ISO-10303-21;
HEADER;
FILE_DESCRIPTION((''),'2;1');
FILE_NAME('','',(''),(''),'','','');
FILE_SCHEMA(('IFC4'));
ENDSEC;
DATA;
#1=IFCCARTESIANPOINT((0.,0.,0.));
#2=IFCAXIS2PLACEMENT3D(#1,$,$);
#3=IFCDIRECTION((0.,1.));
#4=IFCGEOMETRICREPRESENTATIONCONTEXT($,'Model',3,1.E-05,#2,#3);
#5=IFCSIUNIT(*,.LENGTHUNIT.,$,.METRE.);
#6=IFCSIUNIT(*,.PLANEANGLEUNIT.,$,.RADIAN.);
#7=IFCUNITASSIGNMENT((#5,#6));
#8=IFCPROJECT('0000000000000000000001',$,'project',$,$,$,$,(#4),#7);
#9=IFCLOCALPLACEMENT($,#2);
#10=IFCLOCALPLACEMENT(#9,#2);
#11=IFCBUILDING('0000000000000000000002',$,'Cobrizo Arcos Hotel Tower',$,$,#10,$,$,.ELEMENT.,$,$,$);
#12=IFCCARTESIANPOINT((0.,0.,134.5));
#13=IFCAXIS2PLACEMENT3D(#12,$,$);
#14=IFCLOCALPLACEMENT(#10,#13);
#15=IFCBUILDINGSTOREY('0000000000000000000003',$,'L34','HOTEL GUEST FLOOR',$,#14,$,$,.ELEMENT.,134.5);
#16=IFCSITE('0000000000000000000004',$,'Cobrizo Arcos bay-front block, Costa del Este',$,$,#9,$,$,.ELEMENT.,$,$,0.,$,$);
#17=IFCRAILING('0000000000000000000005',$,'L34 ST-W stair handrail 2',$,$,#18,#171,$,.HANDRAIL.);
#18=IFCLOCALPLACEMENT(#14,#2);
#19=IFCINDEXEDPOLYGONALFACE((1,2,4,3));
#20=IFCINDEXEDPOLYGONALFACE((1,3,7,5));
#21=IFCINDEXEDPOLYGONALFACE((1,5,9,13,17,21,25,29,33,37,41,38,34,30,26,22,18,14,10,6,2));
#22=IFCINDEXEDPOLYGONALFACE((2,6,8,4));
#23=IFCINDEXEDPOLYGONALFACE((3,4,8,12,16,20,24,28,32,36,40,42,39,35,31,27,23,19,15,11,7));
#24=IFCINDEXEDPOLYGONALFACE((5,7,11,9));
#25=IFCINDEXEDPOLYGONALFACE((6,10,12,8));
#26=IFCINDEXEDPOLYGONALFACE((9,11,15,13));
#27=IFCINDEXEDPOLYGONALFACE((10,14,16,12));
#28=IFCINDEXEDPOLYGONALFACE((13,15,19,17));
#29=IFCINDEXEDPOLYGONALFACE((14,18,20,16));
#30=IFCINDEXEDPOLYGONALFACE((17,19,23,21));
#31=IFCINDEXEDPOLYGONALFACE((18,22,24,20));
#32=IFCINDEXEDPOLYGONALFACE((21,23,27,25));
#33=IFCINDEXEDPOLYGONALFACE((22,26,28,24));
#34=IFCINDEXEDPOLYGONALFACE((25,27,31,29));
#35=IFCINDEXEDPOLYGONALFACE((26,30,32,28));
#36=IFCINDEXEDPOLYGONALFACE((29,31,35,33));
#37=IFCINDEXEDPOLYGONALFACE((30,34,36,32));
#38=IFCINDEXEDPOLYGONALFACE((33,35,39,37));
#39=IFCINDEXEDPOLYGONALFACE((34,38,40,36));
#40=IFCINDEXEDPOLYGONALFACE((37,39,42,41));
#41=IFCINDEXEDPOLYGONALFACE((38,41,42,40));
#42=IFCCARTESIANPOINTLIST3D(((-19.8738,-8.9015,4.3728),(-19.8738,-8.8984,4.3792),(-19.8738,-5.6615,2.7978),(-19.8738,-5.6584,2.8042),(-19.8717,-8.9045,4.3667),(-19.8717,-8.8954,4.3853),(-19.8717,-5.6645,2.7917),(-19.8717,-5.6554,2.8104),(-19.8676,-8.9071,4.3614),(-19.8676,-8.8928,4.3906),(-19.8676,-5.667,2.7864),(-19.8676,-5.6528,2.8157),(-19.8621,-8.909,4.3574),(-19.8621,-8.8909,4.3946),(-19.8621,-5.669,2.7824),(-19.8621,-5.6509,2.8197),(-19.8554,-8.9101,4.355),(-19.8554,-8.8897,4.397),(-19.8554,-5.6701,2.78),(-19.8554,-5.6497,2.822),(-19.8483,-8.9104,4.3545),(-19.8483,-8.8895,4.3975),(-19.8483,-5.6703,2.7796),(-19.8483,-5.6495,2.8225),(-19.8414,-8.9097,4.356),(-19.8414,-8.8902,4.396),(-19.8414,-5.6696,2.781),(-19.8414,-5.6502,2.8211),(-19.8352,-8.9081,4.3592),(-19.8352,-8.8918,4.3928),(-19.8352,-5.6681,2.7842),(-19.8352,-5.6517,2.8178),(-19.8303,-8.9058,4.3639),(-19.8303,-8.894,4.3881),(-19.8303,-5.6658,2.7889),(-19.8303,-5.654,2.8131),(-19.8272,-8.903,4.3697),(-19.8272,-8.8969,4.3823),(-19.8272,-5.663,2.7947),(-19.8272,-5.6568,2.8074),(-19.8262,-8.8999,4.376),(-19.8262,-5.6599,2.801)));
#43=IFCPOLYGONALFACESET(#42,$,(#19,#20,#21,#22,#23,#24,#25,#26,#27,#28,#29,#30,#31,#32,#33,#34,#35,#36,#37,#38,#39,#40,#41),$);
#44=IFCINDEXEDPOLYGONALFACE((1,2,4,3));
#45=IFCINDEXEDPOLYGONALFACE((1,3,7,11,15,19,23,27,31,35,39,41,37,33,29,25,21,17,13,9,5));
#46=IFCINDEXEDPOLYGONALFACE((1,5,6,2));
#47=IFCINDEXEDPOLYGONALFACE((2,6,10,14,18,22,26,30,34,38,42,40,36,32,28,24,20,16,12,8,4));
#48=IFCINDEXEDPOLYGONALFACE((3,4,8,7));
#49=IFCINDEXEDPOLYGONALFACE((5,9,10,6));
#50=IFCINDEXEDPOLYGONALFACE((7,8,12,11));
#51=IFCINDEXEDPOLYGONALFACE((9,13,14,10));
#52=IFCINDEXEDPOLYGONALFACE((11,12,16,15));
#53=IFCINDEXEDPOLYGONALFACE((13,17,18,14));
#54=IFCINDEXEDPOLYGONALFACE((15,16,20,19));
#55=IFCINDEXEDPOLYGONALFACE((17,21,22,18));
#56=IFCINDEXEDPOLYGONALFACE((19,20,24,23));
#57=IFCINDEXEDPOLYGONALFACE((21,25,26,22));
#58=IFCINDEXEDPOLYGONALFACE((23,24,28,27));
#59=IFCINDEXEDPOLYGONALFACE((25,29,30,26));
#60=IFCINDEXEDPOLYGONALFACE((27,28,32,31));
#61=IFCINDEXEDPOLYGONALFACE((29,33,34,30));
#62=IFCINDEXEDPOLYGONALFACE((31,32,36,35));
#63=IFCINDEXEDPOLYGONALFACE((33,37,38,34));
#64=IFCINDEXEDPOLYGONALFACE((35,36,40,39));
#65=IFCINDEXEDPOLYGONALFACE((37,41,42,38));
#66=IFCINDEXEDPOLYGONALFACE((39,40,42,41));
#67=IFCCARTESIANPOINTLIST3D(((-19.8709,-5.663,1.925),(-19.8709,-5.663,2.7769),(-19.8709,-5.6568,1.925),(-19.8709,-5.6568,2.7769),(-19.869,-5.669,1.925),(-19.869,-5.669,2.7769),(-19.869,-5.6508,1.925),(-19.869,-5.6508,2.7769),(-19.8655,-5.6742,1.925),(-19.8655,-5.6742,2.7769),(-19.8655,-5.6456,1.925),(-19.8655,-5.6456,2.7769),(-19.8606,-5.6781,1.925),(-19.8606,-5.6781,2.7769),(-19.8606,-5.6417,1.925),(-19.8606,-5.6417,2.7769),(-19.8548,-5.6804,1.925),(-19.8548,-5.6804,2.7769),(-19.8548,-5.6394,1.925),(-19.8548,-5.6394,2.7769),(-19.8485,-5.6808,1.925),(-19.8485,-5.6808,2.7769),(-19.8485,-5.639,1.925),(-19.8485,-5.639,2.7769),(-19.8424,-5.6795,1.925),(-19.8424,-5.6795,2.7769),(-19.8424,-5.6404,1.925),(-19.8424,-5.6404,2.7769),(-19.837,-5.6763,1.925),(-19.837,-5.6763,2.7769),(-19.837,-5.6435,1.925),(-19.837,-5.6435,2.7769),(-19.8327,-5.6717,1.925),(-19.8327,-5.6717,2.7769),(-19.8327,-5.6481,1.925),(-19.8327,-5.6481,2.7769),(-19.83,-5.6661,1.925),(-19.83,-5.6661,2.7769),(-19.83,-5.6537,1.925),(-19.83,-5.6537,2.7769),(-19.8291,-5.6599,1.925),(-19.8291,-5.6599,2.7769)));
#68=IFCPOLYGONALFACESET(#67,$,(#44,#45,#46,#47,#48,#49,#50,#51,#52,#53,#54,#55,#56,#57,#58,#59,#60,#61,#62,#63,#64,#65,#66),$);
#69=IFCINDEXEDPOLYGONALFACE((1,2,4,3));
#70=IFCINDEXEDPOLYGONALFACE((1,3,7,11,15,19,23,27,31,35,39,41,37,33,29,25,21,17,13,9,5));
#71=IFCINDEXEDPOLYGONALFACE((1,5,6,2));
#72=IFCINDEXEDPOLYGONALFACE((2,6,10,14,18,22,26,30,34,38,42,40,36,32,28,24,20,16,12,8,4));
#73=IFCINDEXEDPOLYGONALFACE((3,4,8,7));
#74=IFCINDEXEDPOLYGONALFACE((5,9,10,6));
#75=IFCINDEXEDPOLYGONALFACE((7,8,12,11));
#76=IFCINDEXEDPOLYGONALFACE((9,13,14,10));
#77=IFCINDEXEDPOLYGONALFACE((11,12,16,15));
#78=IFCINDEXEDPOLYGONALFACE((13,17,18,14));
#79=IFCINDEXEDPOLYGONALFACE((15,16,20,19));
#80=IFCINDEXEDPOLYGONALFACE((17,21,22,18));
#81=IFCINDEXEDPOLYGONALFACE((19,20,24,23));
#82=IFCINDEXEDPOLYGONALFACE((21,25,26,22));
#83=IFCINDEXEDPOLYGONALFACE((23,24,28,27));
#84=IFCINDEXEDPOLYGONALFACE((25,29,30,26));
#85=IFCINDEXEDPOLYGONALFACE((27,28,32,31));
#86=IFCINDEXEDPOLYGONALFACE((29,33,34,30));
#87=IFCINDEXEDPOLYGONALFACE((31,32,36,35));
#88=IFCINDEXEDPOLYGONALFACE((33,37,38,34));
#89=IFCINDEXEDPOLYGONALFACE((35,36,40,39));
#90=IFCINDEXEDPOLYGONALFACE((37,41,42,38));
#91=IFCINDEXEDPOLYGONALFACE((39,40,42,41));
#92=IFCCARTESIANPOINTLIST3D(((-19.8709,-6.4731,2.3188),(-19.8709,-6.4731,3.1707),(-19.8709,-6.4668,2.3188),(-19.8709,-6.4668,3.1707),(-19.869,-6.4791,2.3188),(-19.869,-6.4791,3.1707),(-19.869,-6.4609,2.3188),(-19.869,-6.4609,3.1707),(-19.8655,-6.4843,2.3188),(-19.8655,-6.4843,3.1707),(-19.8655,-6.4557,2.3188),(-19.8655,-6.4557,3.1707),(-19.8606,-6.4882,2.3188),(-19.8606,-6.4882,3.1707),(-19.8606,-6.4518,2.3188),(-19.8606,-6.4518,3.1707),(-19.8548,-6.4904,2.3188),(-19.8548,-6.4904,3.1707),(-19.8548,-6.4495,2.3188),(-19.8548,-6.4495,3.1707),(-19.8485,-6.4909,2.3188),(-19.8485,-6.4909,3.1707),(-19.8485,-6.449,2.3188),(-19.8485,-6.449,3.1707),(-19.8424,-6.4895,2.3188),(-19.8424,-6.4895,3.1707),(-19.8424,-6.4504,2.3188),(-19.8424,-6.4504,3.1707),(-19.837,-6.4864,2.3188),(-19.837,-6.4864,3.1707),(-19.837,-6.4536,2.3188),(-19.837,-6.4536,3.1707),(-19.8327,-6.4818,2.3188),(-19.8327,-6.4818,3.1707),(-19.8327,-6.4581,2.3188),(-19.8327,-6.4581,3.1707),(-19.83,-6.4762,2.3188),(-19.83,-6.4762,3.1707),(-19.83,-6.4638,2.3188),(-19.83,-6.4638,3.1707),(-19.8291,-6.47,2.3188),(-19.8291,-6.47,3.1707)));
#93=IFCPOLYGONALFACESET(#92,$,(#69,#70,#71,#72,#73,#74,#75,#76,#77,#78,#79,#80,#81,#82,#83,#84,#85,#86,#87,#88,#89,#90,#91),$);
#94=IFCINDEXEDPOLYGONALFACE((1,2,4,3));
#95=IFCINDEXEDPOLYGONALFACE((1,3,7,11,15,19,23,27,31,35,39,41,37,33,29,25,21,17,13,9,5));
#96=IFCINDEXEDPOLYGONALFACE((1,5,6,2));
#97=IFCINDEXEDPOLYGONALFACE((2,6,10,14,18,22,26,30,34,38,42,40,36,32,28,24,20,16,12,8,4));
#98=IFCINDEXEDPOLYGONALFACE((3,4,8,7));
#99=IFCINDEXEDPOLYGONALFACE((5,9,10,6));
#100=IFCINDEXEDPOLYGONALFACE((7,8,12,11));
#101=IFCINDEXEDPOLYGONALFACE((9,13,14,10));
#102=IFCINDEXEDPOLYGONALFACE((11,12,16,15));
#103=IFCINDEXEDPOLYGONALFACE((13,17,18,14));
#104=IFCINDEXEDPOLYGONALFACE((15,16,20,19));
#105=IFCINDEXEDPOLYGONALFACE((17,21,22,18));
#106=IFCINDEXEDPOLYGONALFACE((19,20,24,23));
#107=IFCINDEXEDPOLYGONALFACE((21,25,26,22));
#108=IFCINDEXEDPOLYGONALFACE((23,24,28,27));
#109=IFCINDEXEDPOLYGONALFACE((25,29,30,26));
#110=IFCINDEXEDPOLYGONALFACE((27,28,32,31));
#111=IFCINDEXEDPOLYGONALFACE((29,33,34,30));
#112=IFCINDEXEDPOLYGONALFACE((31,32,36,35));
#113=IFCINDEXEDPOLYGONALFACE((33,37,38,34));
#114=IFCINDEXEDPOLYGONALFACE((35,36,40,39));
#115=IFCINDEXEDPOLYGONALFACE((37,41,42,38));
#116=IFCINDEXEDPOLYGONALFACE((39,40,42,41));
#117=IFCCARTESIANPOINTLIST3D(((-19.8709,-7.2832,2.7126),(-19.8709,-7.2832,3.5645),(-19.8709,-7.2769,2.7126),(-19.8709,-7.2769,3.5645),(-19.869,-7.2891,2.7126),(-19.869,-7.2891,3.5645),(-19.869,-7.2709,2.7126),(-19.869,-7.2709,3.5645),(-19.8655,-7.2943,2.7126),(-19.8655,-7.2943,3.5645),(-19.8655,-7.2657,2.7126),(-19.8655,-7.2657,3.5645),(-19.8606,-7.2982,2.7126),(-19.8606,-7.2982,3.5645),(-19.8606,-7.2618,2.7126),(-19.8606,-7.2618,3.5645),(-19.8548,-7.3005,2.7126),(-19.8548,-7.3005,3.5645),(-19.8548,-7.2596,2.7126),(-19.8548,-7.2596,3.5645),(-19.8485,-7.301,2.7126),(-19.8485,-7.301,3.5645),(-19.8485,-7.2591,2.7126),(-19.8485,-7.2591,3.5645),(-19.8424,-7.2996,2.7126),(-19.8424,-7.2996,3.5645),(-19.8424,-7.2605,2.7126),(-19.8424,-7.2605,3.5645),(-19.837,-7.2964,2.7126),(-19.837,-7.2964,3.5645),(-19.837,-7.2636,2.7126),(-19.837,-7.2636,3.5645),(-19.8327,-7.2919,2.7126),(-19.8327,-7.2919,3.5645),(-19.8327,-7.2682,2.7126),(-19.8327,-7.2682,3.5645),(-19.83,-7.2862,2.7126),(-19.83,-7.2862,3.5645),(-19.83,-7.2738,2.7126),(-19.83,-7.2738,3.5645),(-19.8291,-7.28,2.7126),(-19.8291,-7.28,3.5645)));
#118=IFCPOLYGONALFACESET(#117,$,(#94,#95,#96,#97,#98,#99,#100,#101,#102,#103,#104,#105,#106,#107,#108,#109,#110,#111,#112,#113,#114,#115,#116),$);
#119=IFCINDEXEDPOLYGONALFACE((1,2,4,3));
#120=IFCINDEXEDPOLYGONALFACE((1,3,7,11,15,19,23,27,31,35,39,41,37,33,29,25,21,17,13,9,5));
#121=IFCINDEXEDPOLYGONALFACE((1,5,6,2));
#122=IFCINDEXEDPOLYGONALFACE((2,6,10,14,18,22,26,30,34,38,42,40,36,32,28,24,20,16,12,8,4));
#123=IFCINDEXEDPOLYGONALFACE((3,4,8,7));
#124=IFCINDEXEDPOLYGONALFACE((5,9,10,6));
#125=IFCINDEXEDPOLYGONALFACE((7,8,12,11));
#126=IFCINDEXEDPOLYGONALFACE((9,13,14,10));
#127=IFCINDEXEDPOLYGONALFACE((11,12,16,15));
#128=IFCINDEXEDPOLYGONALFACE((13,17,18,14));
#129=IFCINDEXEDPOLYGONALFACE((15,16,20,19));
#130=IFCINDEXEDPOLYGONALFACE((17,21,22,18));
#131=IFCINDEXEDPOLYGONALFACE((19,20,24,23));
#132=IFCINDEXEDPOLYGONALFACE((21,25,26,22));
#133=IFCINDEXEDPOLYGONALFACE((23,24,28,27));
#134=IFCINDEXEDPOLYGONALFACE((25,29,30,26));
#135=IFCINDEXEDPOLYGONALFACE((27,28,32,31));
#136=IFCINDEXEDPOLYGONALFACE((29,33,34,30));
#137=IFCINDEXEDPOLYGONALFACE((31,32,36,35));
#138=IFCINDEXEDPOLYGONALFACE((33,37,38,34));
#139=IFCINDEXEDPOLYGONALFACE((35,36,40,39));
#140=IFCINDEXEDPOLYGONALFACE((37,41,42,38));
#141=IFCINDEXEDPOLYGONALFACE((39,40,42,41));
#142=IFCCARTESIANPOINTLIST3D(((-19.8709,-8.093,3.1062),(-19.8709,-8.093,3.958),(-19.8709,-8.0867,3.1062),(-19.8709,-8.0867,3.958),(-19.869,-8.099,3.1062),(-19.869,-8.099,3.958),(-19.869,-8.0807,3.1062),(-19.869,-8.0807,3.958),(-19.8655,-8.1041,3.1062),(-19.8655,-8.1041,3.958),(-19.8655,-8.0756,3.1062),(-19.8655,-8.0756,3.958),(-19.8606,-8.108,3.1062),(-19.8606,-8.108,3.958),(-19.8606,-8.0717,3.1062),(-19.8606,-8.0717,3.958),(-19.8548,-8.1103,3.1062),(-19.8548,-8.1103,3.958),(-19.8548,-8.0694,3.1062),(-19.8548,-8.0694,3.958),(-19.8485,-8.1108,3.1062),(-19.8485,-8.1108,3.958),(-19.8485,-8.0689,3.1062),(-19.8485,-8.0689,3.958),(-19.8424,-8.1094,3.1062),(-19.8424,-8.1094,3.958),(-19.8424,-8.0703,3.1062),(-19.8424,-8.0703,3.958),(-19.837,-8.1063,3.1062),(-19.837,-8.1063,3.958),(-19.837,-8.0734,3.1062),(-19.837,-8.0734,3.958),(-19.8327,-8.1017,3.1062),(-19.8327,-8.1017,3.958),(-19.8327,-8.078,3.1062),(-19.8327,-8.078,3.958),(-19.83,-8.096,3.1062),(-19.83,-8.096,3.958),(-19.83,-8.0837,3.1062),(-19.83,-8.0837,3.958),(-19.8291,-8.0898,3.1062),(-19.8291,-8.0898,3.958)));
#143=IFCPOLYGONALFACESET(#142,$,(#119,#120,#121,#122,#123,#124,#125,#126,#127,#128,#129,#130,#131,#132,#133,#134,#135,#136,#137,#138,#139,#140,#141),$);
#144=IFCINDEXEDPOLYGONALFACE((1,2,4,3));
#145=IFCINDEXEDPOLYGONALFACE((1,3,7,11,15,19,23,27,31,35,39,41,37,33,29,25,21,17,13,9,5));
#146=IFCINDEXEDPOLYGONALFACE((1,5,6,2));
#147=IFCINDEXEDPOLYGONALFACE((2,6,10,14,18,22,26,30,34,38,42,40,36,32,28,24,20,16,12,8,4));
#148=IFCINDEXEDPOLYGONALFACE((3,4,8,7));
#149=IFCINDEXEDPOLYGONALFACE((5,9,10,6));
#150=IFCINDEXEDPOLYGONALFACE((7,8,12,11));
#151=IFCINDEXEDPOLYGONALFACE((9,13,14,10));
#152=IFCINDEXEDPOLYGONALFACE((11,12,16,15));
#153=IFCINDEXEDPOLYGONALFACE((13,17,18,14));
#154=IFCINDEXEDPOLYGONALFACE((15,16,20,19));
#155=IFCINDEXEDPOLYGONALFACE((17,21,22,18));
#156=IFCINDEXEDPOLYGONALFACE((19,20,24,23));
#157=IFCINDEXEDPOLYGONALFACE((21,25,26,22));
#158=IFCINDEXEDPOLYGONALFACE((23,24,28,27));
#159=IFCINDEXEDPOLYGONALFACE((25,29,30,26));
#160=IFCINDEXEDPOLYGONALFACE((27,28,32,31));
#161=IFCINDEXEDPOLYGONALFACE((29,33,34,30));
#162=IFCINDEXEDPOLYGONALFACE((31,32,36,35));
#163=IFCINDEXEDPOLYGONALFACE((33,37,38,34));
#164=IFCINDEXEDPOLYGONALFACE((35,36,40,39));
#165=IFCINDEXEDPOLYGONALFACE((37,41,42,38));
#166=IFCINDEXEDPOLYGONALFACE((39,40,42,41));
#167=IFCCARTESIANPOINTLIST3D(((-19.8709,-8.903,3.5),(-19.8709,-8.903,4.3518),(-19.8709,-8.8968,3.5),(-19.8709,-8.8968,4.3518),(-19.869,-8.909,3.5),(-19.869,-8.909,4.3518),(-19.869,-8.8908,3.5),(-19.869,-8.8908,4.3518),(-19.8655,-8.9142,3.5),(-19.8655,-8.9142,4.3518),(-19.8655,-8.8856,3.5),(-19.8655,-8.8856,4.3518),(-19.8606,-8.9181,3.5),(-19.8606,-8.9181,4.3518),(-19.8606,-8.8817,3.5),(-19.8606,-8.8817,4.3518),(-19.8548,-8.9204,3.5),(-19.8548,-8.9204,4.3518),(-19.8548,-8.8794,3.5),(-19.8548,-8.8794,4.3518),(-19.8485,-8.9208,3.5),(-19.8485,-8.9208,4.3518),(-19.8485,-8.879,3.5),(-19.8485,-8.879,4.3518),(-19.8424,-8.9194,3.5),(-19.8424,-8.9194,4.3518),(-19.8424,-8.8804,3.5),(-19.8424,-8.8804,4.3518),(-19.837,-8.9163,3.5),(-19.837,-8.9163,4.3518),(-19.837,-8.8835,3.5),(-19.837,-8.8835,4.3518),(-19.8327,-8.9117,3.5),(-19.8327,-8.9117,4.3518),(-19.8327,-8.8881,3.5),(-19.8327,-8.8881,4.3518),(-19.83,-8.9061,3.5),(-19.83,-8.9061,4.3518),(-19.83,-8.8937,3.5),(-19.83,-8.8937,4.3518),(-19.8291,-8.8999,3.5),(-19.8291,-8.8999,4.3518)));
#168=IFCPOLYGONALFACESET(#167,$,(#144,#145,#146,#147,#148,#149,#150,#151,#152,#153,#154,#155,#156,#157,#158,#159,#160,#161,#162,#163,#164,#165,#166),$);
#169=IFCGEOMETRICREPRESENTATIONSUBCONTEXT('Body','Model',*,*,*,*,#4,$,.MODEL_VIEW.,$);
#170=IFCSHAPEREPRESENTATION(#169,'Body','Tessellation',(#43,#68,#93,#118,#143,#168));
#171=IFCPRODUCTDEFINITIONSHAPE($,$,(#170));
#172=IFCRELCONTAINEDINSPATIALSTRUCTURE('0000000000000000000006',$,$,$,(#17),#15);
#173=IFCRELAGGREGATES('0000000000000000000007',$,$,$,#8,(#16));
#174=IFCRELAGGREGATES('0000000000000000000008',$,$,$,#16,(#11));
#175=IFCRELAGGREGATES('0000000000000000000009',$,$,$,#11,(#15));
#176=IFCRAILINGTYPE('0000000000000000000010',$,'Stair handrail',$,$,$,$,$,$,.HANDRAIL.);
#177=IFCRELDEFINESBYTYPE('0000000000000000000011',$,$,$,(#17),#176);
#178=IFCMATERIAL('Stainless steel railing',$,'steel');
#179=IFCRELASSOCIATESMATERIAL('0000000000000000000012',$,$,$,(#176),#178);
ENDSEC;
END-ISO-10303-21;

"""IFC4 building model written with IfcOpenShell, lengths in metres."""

from ifc_helpers import new_model, si_unit, direction, frame, origin, origin_2d, place, context, subcontext, project, spatial, circle, extrude, material, type_object, element, save


model = new_model("IFC4")

# Units and contexts
model_context = context("Model", 3, precision=1e-05, world=origin(), true_north=direction((0.0, 1.0)))
body_context = subcontext(model_context, "Body", "Model", "MODEL_VIEW")
ifc_project = project(units=[si_unit("LENGTHUNIT", "METRE"), si_unit("PLANEANGLEUNIT", "RADIAN")], contexts=[model_context])

# Site, building, storey
site_placement = place(None, origin())
site = spatial("IfcSite", under=ifc_project, at=site_placement, Name="Cobrizo Arcos bay-front block, Costa del Este", CompositionType="ELEMENT", RefElevation=0.0)
building_placement = place(site_placement, origin())
building = spatial("IfcBuilding", under=site, at=building_placement, Name="Cobrizo Arcos Hotel Tower", CompositionType="ELEMENT")
storey_placement = place(building_placement, frame((0.0, 0.0, 134.5)))
storey = spatial("IfcBuildingStorey", under=building, at=storey_placement, Name="L34", Description="HOTEL GUEST FLOOR", CompositionType="ELEMENT", Elevation=134.5)

# Railing
ifc_material_1 = material(Name="Stainless steel railing", Category="steel")
railing_type_1 = type_object("IfcRailingType", Name="Stair handrail", PredefinedType="HANDRAIL", material=ifc_material_1)
railing_1_placement = place(storey_placement, frame((-19.8501, -5.6599, 1.925)))
element("IfcRailing", 1, at=railing_1_placement, inside=storey, type_object=railing_type_1, Name="L34 ST-W stair handrail 2", PredefinedType="HANDRAIL", context=body_context, shape_type="SweptSolid", body=[
    extrude(circle(Radius=0.0239, at=origin_2d()), frame((0.0, 0.0, 0.876), z_axis=(0.0, -0.899373, 0.437183), x_axis=(1.0, 0.0, 0.0)), (0.0, 0.0, 1.0), 3.6025),
    extrude(circle(Radius=0.021, at=origin_2d()), origin(), (0.0, 0.0, 1.0), 0.8518),
    extrude(circle(Radius=0.021, at=origin_2d()), frame((0.0, -0.8101, 0.3938)), (0.0, 0.0, 1.0), 0.8518),
    extrude(circle(Radius=0.021, at=origin_2d()), frame((0.0, -1.6201, 0.7876)), (0.0, 0.0, 1.0), 0.8518),
    extrude(circle(Radius=0.021, at=origin_2d()), frame((0.0, -2.4299, 1.1812)), (0.0, 0.0, 1.0), 0.8518),
    extrude(circle(Radius=0.021, at=origin_2d()), frame((0.0, -3.24, 1.575)), (0.0, 0.0, 1.0), 0.8518),
])

save(model, "model.ifc")
